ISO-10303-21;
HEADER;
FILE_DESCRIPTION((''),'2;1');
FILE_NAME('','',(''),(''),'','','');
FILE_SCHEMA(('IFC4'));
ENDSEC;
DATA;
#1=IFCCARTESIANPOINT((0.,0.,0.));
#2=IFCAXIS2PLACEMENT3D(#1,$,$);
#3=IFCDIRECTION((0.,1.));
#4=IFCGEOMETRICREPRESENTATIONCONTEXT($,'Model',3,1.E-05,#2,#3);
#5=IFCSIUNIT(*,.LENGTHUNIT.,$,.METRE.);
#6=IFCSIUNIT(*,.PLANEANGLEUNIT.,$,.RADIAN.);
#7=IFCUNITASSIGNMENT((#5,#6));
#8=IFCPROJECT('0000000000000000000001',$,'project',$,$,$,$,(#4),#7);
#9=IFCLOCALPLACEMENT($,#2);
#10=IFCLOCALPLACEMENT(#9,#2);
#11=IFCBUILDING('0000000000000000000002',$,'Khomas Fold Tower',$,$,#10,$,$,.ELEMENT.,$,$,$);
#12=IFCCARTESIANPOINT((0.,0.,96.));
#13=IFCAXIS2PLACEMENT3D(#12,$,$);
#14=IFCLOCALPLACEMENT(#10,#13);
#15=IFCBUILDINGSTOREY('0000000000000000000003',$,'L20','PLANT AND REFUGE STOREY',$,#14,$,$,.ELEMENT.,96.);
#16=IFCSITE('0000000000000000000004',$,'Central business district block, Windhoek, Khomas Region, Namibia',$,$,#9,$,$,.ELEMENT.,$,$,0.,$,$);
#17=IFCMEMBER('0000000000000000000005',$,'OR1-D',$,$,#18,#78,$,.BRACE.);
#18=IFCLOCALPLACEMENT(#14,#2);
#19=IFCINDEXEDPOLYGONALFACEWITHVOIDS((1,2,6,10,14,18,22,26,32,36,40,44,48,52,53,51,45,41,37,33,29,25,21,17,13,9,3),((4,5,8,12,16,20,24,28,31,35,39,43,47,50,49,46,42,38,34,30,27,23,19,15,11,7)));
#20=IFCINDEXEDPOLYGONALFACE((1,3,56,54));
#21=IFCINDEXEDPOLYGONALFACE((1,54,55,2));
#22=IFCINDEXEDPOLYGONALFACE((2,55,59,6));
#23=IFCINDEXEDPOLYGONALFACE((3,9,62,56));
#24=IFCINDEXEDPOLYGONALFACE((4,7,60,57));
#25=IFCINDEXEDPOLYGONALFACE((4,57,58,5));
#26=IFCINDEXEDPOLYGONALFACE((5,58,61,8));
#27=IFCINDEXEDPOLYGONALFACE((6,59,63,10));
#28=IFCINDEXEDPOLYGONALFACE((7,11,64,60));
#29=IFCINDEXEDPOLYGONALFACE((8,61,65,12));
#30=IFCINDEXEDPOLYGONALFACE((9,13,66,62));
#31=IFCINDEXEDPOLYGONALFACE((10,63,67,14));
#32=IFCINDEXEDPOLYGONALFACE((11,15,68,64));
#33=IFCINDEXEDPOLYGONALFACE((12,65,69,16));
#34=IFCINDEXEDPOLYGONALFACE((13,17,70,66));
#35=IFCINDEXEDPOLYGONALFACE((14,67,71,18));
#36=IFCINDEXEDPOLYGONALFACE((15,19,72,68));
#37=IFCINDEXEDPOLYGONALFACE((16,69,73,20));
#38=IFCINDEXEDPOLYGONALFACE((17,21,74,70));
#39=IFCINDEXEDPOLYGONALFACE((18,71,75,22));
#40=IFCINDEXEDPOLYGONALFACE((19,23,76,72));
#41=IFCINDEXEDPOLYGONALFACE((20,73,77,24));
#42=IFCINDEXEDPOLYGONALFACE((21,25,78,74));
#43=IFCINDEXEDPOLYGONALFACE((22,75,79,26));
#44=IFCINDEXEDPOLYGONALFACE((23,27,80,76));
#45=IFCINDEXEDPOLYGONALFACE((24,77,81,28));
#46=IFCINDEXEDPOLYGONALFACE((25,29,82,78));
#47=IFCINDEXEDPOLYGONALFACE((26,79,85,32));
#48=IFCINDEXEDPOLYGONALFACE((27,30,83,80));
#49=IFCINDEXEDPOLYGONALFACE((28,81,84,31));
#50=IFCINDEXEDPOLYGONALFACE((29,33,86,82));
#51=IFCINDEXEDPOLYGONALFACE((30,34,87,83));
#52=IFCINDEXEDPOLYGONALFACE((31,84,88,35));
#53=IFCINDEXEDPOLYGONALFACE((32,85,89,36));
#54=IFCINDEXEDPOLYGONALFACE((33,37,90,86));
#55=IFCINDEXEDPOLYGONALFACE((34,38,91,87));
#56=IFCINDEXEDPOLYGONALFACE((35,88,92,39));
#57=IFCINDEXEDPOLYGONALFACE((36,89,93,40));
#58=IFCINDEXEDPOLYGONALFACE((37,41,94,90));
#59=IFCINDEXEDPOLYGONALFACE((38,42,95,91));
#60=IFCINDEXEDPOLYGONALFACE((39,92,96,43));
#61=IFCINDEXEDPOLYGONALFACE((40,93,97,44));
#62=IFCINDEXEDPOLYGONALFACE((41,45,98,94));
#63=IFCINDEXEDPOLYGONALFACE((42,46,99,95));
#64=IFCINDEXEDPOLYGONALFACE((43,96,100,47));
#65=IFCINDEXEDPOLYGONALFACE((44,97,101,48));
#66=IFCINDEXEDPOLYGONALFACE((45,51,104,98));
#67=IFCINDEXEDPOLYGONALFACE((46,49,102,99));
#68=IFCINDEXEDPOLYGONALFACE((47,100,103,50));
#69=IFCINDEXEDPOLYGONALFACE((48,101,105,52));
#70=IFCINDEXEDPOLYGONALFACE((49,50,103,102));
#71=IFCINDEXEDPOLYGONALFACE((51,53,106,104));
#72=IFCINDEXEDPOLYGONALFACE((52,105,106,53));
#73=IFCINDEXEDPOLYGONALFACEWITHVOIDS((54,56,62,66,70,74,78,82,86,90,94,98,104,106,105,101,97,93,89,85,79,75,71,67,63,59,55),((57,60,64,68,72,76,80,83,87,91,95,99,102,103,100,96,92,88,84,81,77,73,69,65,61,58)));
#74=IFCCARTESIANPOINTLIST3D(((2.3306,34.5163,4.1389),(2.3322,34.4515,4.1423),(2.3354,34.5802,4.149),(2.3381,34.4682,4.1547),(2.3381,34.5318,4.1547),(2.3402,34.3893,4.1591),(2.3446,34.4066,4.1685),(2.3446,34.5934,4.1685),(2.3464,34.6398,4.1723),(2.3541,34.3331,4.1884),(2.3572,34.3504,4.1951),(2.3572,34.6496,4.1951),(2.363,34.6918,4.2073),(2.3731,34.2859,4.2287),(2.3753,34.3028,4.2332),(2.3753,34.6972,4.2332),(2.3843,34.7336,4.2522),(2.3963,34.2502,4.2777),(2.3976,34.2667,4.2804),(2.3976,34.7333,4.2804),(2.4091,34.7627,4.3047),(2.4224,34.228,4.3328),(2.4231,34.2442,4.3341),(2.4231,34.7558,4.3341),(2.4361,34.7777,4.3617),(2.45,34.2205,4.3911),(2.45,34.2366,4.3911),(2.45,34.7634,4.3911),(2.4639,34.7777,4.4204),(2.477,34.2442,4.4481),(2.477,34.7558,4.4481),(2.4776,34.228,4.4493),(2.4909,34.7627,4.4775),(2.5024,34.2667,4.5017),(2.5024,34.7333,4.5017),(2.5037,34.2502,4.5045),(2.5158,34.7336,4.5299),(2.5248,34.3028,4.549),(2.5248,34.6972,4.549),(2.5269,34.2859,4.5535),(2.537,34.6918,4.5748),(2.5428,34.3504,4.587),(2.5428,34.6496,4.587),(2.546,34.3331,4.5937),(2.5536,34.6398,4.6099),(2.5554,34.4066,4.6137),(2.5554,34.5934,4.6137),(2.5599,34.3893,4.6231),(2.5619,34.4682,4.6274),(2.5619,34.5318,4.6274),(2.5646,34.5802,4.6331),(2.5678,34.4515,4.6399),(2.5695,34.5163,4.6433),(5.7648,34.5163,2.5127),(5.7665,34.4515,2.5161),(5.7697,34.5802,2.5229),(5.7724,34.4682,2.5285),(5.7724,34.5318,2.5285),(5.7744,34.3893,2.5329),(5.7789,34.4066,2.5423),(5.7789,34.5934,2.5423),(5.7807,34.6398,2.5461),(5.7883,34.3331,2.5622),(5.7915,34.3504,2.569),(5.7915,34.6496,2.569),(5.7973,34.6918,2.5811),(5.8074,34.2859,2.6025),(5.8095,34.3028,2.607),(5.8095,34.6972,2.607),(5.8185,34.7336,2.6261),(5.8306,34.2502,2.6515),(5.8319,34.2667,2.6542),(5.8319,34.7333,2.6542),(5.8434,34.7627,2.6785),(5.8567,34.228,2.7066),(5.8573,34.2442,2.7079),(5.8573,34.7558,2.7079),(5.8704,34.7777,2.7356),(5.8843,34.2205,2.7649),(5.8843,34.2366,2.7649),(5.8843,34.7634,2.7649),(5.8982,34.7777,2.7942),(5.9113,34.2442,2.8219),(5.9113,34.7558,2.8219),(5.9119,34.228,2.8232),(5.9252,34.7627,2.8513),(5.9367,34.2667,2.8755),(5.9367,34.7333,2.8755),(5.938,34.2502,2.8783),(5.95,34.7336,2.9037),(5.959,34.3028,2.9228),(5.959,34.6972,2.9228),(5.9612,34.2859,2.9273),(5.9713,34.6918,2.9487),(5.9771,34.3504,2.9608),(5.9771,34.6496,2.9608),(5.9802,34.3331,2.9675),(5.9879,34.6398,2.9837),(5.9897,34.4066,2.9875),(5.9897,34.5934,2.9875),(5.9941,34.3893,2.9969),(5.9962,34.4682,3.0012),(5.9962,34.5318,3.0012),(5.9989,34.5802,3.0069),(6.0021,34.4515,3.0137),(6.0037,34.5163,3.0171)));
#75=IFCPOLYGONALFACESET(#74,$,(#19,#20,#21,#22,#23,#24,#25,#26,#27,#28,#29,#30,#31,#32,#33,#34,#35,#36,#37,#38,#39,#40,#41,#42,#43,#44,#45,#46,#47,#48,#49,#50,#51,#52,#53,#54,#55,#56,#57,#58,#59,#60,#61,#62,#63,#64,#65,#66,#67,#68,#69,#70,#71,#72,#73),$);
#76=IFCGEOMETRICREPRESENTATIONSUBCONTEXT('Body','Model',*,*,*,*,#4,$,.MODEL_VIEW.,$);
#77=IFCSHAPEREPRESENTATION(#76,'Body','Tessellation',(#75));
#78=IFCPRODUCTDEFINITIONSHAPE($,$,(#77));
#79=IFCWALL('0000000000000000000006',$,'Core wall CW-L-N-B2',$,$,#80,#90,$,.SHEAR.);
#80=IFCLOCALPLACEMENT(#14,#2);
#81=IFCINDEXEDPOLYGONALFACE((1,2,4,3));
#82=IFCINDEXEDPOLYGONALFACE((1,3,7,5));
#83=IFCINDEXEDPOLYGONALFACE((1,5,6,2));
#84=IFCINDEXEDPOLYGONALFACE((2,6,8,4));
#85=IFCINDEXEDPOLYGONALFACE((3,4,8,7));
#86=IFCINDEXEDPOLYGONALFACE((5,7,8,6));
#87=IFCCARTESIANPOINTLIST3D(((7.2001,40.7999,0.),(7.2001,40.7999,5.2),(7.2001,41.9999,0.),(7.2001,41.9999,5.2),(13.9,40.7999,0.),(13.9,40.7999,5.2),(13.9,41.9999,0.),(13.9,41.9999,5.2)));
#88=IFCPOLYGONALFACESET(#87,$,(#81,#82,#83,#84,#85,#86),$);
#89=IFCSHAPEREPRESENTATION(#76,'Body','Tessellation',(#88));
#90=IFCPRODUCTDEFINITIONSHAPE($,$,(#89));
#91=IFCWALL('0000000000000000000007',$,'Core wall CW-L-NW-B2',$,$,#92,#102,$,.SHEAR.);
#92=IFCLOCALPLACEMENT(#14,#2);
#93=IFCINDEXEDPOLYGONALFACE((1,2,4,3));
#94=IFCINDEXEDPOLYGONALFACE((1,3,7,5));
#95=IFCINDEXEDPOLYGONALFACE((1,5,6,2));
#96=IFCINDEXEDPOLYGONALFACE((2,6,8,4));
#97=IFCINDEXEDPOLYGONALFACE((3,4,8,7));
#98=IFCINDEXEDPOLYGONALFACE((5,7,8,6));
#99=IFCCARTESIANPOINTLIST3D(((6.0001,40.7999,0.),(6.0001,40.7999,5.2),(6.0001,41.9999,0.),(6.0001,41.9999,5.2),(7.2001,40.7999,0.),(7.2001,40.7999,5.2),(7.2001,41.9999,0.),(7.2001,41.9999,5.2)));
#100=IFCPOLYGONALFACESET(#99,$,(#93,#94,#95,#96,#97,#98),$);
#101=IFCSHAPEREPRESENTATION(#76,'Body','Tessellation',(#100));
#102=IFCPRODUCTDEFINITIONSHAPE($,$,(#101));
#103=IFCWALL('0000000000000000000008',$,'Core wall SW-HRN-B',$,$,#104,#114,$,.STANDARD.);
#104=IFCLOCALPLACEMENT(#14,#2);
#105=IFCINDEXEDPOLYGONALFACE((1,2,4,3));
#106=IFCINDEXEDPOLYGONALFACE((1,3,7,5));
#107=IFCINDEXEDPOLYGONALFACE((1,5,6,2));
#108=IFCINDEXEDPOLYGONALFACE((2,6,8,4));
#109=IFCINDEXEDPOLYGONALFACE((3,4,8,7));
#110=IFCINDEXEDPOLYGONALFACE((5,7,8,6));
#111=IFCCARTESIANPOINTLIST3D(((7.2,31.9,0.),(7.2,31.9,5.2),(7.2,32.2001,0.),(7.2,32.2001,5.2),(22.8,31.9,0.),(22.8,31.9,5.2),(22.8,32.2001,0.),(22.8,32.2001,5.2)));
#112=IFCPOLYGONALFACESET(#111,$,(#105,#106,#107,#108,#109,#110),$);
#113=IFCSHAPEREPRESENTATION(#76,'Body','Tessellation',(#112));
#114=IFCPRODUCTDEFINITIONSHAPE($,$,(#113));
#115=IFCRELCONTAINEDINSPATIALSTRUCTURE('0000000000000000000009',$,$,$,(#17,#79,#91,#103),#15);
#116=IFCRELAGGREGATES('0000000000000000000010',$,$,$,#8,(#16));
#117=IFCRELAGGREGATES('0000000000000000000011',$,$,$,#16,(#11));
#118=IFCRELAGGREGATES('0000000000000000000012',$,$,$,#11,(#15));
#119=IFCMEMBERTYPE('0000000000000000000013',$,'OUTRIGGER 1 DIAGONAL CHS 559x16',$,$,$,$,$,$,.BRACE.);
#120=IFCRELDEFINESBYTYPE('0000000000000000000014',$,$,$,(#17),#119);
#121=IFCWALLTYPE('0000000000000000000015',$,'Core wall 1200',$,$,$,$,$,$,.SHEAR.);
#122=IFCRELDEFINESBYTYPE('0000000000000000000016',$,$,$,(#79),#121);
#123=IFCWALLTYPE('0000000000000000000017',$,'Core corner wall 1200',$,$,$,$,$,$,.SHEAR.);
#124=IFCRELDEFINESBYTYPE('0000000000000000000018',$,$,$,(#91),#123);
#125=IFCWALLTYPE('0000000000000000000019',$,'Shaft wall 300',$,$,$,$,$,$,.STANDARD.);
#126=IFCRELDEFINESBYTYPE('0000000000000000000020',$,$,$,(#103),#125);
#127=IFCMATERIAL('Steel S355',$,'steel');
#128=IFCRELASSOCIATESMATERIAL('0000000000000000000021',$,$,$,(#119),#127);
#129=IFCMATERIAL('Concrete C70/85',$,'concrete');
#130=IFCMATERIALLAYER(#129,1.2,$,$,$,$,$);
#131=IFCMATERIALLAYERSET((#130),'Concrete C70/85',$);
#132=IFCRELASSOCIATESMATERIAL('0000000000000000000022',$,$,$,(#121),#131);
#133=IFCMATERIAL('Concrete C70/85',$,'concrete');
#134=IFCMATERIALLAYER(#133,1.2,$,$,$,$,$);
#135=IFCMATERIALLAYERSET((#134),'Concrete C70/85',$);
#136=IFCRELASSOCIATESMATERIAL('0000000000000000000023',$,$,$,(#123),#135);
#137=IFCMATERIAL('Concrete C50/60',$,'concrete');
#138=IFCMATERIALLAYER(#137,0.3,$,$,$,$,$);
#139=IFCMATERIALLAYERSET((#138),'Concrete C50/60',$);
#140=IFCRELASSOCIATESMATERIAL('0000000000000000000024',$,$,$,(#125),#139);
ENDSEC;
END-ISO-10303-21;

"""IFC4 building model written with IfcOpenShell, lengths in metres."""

from ifc_helpers import new_model, si_unit, direction, frame, frame_2d, origin, origin_2d, place, context, subcontext, project, spatial, rectangle, hollow_circle, extrude, source, transform, mapped, material, layer, layer_set, material_profile, profile_set, type_object, element, save


model = new_model("IFC4")

# Units and contexts
model_context = context("Model", 3, precision=1e-05, world=origin(), true_north=direction((0.0, 1.0)))
body_context = subcontext(model_context, "Body", "Model", "MODEL_VIEW")
ifc_project = project(units=[si_unit("LENGTHUNIT", "METRE"), si_unit("PLANEANGLEUNIT", "RADIAN")], contexts=[model_context])

# Site, building, storey
site_placement = place(None, origin())
site = spatial("IfcSite", under=ifc_project, at=site_placement, Name="Central business district block, Windhoek, Khomas Region, Namibia", CompositionType="ELEMENT", RefElevation=0.0)
building_placement = place(site_placement, origin())
building = spatial("IfcBuilding", under=site, at=building_placement, Name="Khomas Fold Tower", CompositionType="ELEMENT")
storey_placement = place(building_placement, frame((0.0, 0.0, 96.0)))
storey = spatial("IfcBuildingStorey", under=building, at=storey_placement, Name="L20", Description="PLANT AND REFUGE STOREY", CompositionType="ELEMENT", Elevation=96.0)

# Member
ifc_material_1 = material(Name="Steel S355", Category="steel")
ifc_material_profile_1 = material_profile(ifc_material_1, hollow_circle(Radius=0.2795, WallThickness=0.0161, at=origin_2d()), Name="CHS 559x16")
ifc_profile_set_1 = profile_set([ifc_material_profile_1], Name="Steel S355")
member_type_1 = type_object("IfcMemberType", Name="OUTRIGGER 1 DIAGONAL CHS 559x16", PredefinedType="BRACE", material=ifc_profile_set_1)
shared_shape_1 = source(origin(), body_context, "Body", "SweptSolid", [
    extrude(hollow_circle(Radius=0.2795, WallThickness=0.0161, at=origin_2d()), origin(), (0.0, 0.0, 1.0), 3.7998),
])
member_1_placement = place(storey_placement, frame((5.8843, 34.5, 2.7649), z_axis=(-0.903795, 0.0, 0.427965), x_axis=(0.0, -1.0, 0.0)))
element("IfcMember", 1, at=member_1_placement, inside=storey, type_object=member_type_1, Name="OR1-D", PredefinedType="BRACE", context=body_context, shape_type="MappedRepresentation", body=[
    mapped(shared_shape_1, transform((0.0, 0.0, 0.0))),
])

# Walls
ifc_material_2 = material(Name="Concrete C70/85", Category="concrete")
ifc_layer_1 = layer(ifc_material_2, 1.2)
ifc_layer_set_1 = layer_set([ifc_layer_1], Name="Concrete C70/85")
wall_type_1 = type_object("IfcWallType", Name="Core wall 1200", PredefinedType="SHEAR", material=ifc_layer_set_1)
shared_shape_2 = source(origin(), body_context, "Body", "SweptSolid", [
    extrude(rectangle(XDim=6.7, YDim=1.2, at=frame_2d((3.3501, 0.0))), origin(), (0.0, 0.0, 1.0), 5.2),
])
wall_1_placement = place(storey_placement, frame((7.2, 41.3999, 0.0), z_axis=(0.0, 0.0, 1.0), x_axis=(1.0, 0.0, 0.0)))
element("IfcWall", 2, at=wall_1_placement, inside=storey, type_object=wall_type_1, Name="Core wall CW-L-N-B2", PredefinedType="SHEAR", context=body_context, shape_type="MappedRepresentation", body=[
    mapped(shared_shape_2, transform((0.0, 0.0, 0.0))),
])
ifc_material_3 = material(Name="Concrete C70/85", Category="concrete")
ifc_layer_2 = layer(ifc_material_3, 1.2)
ifc_layer_set_2 = layer_set([ifc_layer_2], Name="Concrete C70/85")
wall_type_2 = type_object("IfcWallType", Name="Core corner wall 1200", PredefinedType="SHEAR", material=ifc_layer_set_2)
shared_shape_3 = source(origin(), body_context, "Body", "SweptSolid", [
    extrude(rectangle(XDim=1.2, YDim=1.2, at=frame_2d((0.6001, 0.0))), origin(), (0.0, 0.0, 1.0), 5.2),
])
wall_2_placement = place(storey_placement, frame((6.0, 41.3999, 0.0), z_axis=(0.0, 0.0, 1.0), x_axis=(1.0, 0.0, 0.0)))
element("IfcWall", 3, at=wall_2_placement, inside=storey, type_object=wall_type_2, Name="Core wall CW-L-NW-B2", PredefinedType="SHEAR", context=body_context, shape_type="MappedRepresentation", body=[
    mapped(shared_shape_3, transform((0.0, 0.0, 0.0))),
])
ifc_material_4 = material(Name="Concrete C50/60", Category="concrete")
ifc_layer_3 = layer(ifc_material_4, 0.3)
ifc_layer_set_3 = layer_set([ifc_layer_3], Name="Concrete C50/60")
wall_type_3 = type_object("IfcWallType", Name="Shaft wall 300", PredefinedType="STANDARD", material=ifc_layer_set_3)
shared_shape_4 = source(origin(), body_context, "Body", "SweptSolid", [
    extrude(rectangle(XDim=15.6001, YDim=0.3, at=frame_2d((7.8, 0.0))), origin(), (0.0, 0.0, 1.0), 5.2),
])
wall_3_placement = place(storey_placement, frame((7.2, 32.05, 0.0), z_axis=(0.0, 0.0, 1.0), x_axis=(1.0, 0.0, 0.0)))
element("IfcWall", 4, at=wall_3_placement, inside=storey, type_object=wall_type_3, Name="Core wall SW-HRN-B", PredefinedType="STANDARD", context=body_context, shape_type="MappedRepresentation", body=[
    mapped(shared_shape_4, transform((0.0, 0.0, 0.0))),
])

save(model, "model.ifc")
